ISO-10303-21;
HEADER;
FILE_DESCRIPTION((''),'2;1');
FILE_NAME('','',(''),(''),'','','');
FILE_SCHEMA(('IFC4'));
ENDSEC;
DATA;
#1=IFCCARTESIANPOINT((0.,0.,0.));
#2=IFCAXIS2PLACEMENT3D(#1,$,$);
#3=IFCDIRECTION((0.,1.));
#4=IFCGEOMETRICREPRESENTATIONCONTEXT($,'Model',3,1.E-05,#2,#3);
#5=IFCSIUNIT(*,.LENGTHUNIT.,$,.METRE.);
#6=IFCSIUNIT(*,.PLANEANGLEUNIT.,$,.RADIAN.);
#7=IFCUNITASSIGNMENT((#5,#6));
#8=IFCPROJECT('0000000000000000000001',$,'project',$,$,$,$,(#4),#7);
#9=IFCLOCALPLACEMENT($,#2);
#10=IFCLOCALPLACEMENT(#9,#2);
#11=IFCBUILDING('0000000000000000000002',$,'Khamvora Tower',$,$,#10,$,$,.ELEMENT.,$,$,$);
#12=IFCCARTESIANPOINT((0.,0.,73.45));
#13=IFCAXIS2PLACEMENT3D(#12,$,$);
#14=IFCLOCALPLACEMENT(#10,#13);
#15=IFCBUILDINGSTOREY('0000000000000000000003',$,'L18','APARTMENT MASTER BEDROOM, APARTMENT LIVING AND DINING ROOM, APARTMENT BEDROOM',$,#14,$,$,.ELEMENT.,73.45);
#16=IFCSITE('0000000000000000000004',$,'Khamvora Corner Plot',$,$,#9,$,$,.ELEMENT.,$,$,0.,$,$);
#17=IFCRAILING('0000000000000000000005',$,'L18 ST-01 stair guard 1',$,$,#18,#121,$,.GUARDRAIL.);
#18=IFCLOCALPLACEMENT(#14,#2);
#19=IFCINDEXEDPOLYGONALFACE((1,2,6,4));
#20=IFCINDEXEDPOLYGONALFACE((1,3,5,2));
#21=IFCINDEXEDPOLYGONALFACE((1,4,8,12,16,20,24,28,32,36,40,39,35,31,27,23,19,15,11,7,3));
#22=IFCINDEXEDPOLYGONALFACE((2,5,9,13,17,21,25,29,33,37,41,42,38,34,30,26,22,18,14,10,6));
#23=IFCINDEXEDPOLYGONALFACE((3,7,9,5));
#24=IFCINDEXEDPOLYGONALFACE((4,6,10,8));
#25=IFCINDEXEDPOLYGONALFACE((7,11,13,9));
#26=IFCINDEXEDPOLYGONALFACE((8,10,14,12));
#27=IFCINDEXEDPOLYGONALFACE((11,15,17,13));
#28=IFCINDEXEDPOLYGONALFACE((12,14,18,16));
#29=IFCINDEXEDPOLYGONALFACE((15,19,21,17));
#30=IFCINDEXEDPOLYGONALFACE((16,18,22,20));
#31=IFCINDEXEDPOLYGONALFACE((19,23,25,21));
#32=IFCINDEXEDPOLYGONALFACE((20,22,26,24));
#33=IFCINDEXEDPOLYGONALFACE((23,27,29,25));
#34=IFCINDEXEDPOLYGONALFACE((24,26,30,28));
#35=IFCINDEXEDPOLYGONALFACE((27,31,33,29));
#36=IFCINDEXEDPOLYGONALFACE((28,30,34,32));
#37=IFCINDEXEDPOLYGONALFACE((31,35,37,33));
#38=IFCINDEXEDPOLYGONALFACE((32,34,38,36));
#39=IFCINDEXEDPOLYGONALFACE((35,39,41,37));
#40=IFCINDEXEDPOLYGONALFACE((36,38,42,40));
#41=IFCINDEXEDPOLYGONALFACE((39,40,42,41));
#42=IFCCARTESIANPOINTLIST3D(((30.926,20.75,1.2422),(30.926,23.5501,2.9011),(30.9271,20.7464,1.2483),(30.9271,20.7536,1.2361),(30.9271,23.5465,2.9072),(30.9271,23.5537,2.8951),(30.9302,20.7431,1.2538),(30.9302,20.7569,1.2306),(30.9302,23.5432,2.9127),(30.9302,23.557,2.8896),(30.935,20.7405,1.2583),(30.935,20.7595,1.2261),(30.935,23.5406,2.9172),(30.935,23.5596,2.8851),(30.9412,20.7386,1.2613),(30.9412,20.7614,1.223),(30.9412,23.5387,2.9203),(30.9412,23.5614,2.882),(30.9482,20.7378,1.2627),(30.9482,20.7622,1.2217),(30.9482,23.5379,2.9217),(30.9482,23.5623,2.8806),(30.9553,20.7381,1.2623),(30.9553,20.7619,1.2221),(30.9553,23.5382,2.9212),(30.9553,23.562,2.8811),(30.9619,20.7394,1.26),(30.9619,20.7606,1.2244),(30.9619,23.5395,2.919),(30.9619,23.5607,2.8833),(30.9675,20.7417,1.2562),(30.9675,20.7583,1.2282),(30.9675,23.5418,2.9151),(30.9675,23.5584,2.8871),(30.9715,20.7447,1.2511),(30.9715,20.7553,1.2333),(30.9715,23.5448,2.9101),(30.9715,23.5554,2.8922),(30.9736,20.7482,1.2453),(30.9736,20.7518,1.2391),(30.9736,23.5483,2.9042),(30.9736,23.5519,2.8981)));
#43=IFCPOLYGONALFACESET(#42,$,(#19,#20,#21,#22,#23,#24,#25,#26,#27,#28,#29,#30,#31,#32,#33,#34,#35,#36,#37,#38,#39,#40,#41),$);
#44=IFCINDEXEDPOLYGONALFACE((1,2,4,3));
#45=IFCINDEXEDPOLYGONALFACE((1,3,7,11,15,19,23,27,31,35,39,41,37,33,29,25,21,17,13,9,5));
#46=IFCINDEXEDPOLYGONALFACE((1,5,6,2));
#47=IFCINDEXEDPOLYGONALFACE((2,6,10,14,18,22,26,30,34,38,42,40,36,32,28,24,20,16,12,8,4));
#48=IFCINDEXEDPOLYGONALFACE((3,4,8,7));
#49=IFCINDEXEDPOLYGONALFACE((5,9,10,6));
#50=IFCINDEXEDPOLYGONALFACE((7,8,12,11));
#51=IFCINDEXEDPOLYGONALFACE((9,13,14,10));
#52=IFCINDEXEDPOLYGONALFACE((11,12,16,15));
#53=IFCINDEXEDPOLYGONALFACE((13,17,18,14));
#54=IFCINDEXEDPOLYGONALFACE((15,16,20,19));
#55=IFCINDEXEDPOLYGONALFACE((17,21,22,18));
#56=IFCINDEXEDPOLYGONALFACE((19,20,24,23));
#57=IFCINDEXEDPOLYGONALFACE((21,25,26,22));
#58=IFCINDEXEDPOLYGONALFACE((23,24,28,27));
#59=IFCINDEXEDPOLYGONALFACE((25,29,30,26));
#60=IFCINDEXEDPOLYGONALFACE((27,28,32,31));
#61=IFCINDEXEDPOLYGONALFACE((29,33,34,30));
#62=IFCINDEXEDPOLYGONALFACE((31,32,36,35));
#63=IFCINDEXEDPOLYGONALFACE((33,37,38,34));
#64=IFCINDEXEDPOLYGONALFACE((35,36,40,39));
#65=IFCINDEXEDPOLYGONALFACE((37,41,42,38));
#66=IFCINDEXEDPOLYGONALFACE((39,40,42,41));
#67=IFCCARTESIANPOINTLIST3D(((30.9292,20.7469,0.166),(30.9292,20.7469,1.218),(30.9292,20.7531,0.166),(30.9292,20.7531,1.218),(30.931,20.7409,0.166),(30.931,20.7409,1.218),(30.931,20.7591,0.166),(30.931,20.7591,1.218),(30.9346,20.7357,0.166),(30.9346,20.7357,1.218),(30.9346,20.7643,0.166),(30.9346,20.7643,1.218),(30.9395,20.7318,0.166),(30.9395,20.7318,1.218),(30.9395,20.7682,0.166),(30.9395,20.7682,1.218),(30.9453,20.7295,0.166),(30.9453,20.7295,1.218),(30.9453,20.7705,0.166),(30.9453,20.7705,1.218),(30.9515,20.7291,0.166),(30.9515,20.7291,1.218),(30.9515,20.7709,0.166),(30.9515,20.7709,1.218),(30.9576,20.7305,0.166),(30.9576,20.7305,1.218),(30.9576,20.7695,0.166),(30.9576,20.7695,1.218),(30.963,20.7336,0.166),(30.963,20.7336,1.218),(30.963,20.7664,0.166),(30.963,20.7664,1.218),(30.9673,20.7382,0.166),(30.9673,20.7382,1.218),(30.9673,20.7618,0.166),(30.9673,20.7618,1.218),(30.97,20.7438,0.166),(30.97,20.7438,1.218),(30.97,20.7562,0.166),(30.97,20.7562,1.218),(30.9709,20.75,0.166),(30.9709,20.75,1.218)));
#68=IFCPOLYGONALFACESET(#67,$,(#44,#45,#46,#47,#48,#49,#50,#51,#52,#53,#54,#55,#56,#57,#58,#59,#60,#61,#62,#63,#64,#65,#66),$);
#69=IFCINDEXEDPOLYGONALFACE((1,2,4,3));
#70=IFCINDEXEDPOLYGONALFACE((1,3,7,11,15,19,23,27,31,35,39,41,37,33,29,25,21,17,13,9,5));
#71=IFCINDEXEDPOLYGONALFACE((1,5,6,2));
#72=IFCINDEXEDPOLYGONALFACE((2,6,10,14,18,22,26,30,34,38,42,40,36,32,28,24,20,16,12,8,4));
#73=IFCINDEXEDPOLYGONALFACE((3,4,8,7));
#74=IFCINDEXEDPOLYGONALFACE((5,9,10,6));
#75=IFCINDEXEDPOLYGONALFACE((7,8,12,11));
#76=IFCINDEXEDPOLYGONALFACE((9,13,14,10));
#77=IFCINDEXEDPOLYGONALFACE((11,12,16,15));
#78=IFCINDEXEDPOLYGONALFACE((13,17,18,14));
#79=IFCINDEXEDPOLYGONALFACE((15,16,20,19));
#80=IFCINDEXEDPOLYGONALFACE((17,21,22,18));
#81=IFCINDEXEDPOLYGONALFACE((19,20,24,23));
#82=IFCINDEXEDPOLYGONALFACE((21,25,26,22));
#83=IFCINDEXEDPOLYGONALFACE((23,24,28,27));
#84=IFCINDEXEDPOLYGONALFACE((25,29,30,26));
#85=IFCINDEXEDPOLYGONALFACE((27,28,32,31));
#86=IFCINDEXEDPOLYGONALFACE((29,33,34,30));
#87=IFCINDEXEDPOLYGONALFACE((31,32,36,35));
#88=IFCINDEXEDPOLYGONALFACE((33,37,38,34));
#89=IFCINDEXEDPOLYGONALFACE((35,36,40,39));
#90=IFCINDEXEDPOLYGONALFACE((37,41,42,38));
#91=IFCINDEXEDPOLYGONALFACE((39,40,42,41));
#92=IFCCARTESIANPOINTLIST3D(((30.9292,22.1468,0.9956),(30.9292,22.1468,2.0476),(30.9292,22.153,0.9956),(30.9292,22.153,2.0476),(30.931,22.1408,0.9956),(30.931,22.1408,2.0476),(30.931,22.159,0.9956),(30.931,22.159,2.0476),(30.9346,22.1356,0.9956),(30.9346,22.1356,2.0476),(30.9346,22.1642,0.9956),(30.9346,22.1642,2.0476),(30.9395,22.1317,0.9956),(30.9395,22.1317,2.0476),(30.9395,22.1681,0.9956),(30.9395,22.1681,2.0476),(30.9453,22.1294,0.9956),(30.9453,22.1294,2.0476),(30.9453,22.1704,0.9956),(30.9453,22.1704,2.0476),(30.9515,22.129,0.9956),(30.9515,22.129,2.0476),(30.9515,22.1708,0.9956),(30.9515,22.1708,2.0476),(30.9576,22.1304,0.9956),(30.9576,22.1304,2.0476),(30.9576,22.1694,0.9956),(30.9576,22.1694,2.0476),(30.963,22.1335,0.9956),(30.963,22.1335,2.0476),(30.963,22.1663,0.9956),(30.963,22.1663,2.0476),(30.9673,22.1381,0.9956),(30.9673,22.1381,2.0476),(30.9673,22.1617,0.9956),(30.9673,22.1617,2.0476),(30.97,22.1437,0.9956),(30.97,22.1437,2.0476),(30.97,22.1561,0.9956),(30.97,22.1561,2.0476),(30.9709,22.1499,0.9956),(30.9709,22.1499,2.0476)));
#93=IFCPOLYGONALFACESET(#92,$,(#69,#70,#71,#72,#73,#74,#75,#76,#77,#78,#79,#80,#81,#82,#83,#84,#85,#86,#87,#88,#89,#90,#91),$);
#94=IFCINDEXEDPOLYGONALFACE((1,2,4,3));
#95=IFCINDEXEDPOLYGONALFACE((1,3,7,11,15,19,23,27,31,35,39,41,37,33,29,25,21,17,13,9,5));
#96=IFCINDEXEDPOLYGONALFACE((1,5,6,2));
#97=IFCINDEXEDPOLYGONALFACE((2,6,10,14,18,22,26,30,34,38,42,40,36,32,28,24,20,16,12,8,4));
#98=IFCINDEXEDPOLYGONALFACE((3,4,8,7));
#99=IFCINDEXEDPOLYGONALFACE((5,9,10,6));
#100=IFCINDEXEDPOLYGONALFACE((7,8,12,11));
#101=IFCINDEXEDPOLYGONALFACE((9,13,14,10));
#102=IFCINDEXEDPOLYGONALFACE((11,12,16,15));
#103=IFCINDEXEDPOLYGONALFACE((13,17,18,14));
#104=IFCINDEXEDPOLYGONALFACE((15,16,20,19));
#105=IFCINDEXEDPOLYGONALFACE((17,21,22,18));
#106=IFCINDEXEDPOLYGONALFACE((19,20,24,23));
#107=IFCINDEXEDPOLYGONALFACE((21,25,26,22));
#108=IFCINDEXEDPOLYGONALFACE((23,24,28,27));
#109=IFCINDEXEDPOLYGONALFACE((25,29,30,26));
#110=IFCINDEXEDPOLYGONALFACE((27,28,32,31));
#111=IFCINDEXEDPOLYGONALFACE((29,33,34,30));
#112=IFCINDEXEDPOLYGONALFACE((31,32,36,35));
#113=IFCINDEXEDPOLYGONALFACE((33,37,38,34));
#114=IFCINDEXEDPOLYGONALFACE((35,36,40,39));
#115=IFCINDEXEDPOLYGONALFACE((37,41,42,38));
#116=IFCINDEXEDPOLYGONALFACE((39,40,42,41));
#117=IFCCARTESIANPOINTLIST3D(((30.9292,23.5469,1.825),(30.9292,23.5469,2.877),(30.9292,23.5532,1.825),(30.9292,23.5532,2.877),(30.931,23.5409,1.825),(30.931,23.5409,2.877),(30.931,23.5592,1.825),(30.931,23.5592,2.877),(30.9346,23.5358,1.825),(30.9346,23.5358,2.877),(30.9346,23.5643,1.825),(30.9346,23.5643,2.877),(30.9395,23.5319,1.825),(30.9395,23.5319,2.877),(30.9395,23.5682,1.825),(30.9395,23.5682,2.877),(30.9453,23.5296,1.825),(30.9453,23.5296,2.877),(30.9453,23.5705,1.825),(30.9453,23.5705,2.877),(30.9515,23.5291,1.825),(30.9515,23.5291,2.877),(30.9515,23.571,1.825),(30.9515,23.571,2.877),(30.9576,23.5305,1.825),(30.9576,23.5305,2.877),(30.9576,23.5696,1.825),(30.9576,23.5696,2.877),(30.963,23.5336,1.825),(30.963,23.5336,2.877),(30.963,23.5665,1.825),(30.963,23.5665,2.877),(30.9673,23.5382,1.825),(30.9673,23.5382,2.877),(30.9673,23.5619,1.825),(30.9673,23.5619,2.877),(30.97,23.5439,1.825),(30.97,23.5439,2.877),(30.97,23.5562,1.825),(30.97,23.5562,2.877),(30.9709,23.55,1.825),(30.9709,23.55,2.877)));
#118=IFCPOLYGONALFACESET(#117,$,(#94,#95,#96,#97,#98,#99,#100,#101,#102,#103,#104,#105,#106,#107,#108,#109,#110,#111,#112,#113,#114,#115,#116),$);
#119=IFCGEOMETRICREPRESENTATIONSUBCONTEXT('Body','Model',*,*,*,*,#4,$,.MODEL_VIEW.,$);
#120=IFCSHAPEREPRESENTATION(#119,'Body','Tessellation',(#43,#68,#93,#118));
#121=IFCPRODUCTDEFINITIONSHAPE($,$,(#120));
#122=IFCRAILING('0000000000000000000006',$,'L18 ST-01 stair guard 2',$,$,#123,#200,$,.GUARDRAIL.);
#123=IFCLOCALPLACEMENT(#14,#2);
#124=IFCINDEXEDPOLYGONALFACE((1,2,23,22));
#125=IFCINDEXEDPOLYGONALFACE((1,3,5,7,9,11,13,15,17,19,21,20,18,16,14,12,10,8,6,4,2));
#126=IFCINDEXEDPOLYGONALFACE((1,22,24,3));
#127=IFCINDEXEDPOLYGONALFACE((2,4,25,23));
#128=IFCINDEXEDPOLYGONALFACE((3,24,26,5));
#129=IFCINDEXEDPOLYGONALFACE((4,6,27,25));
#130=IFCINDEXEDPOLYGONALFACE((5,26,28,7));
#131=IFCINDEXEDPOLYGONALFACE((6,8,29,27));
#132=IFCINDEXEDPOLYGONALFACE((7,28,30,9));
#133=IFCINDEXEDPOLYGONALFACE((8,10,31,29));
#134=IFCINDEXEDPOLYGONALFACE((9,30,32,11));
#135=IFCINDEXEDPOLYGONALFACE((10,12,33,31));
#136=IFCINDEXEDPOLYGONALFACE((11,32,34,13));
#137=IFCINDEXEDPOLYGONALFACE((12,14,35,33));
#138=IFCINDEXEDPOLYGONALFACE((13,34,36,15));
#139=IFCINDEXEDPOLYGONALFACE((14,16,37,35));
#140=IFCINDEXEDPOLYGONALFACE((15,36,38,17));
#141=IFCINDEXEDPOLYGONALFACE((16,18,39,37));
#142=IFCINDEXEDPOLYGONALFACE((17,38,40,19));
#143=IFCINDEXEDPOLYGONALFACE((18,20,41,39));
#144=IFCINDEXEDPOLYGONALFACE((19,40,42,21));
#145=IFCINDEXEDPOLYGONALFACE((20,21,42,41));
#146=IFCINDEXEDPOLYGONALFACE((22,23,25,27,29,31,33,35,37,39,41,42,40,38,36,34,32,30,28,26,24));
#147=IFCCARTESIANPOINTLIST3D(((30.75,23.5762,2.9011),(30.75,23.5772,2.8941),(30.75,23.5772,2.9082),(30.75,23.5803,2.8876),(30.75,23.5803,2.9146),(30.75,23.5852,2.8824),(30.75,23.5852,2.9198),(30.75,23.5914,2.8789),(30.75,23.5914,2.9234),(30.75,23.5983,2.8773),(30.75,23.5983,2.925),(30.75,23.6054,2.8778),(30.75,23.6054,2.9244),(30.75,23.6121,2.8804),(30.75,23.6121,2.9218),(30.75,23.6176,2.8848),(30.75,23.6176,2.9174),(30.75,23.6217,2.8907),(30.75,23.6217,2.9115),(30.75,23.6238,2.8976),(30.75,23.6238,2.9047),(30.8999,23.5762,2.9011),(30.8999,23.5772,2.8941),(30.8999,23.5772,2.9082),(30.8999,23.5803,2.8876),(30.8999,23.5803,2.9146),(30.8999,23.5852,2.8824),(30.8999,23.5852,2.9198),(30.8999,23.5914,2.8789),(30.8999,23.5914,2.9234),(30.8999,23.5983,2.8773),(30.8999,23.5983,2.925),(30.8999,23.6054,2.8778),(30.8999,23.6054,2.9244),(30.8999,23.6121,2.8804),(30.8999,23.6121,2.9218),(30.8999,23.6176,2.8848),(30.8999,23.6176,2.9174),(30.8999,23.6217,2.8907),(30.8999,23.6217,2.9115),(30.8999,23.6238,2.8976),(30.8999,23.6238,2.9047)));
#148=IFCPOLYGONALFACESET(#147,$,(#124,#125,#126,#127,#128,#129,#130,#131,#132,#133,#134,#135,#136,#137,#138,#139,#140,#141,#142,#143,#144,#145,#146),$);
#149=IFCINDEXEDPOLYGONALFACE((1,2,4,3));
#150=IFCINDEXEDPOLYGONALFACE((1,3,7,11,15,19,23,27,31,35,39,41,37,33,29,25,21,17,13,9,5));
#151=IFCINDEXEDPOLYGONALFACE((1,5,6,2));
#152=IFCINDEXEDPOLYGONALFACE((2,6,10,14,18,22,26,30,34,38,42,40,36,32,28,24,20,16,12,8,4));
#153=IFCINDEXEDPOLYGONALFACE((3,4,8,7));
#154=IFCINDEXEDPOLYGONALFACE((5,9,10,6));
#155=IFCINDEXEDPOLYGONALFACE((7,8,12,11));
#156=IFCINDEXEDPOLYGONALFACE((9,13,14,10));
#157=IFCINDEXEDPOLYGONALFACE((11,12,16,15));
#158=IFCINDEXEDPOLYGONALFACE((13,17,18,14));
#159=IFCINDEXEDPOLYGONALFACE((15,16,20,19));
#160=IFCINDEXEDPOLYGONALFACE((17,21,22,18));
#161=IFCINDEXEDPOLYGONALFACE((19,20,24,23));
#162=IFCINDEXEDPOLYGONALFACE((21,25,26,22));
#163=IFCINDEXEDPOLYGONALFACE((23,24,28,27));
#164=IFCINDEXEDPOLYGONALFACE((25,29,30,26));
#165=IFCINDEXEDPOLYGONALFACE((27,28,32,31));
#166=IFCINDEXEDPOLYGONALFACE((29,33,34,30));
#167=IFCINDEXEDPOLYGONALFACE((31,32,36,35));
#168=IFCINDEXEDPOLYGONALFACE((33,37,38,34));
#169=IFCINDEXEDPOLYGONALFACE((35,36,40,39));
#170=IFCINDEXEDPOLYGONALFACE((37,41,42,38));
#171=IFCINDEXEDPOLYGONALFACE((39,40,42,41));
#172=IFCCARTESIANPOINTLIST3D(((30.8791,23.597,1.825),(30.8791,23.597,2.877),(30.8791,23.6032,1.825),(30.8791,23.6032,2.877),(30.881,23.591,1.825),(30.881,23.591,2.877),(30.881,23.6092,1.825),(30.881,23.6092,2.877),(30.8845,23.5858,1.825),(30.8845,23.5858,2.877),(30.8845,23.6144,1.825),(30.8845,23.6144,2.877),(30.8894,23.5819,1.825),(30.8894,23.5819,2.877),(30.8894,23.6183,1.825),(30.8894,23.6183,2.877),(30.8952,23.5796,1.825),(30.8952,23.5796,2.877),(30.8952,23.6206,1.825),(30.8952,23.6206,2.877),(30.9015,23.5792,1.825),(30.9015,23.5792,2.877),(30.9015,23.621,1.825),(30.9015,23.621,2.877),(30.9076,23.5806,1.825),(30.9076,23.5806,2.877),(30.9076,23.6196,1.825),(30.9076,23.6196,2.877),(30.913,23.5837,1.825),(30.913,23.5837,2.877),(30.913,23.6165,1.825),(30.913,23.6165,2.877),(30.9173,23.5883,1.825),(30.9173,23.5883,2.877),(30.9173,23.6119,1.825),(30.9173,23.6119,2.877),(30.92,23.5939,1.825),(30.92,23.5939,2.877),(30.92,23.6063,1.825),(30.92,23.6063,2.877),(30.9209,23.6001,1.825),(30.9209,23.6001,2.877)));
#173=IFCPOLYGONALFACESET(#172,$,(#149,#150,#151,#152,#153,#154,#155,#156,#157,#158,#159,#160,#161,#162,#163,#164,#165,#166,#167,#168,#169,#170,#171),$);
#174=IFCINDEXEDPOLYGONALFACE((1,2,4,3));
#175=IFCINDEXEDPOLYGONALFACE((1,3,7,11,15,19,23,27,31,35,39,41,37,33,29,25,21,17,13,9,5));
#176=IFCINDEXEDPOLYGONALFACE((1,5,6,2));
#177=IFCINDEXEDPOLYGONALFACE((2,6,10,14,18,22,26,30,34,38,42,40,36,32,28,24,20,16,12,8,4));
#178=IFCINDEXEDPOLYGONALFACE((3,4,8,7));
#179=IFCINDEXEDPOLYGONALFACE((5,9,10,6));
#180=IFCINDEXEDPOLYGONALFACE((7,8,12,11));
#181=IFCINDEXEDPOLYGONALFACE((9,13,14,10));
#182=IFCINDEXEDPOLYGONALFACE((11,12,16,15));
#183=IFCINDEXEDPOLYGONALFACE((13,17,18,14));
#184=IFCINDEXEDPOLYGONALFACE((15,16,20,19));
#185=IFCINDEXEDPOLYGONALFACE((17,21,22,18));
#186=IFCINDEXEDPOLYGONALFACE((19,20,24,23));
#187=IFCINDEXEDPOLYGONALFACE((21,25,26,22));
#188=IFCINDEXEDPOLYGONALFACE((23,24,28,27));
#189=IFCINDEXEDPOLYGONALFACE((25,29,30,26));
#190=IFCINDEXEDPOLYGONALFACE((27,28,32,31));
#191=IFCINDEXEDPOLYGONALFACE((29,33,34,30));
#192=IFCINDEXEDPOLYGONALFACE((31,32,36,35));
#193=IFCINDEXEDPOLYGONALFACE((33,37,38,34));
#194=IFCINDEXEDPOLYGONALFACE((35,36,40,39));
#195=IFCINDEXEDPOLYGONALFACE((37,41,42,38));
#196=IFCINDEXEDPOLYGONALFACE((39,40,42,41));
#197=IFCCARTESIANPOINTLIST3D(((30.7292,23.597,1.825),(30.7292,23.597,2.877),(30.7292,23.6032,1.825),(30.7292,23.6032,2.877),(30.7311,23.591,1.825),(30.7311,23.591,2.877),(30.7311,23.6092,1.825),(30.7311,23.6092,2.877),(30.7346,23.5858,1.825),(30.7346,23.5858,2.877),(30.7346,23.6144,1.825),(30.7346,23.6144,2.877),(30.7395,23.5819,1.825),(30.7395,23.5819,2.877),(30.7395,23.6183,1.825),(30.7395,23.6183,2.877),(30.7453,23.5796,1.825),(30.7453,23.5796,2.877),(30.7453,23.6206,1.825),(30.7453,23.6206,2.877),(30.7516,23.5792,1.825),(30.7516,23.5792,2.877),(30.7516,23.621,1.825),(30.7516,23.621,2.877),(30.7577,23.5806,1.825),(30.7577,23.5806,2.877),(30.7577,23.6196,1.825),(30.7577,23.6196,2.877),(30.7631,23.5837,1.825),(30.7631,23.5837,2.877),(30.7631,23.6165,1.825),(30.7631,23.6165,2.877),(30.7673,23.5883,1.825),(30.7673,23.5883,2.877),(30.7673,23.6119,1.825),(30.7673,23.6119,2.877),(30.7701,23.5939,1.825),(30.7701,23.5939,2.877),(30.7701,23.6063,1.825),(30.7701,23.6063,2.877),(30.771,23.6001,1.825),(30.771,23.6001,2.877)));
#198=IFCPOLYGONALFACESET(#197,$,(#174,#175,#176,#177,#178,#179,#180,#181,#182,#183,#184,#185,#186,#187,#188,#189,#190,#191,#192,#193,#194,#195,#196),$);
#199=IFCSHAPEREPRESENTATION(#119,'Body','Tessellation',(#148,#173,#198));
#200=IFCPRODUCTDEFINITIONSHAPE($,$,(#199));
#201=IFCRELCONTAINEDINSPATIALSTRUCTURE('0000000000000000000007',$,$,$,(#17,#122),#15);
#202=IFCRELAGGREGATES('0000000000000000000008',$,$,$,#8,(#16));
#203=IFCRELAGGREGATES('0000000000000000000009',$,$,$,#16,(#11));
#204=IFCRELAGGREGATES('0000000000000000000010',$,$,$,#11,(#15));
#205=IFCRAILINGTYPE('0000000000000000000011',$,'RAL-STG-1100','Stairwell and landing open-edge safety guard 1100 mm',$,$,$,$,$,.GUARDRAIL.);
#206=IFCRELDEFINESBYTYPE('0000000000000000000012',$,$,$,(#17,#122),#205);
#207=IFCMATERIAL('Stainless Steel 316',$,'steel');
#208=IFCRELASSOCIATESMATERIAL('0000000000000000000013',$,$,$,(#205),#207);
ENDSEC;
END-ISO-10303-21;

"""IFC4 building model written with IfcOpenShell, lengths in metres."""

from ifc_helpers import new_model, si_unit, direction, frame, origin, origin_2d, place, context, subcontext, project, spatial, circle, extrude, material, type_object, element, save


model = new_model("IFC4")

# Units and contexts
model_context = context("Model", 3, precision=1e-05, world=origin(), true_north=direction((0.0, 1.0)))
body_context = subcontext(model_context, "Body", "Model", "MODEL_VIEW")
ifc_project = project(units=[si_unit("LENGTHUNIT", "METRE"), si_unit("PLANEANGLEUNIT", "RADIAN")], contexts=[model_context])

# Site, building, storey
site_placement = place(None, origin())
site = spatial("IfcSite", under=ifc_project, at=site_placement, Name="Khamvora Corner Plot", CompositionType="ELEMENT", RefElevation=0.0)
building_placement = place(site_placement, origin())
building = spatial("IfcBuilding", under=site, at=building_placement, Name="Khamvora Tower", CompositionType="ELEMENT")
storey_placement = place(building_placement, frame((0.0, 0.0, 73.45)))
storey = spatial("IfcBuildingStorey", under=building, at=storey_placement, Name="L18", Description="APARTMENT MASTER BEDROOM, APARTMENT LIVING AND DINING ROOM, APARTMENT BEDROOM", CompositionType="ELEMENT", Elevation=73.45)

# Railings
ifc_material_1 = material(Name="Stainless Steel 316", Category="steel")
railing_type_1 = type_object("IfcRailingType", Name="RAL-STG-1100", Description="Stairwell and landing open-edge safety guard 1100 mm", PredefinedType="GUARDRAIL", material=ifc_material_1)
railing_1_placement = place(storey_placement, frame((30.95, 20.75, 0.166)))
element("IfcRailing", 1, at=railing_1_placement, inside=storey, type_object=railing_type_1, Name="L18 ST-01 stair guard 1", PredefinedType="GUARDRAIL", context=body_context, shape_type="SweptSolid", body=[
    extrude(circle(Radius=0.0239, at=origin_2d()), frame((0.0, 0.0, 1.0762), z_axis=(0.0, 0.860339, 0.509722), x_axis=(-1.0, 0.0, 0.0)), (0.0, 0.0, 1.0), 3.2546),
    extrude(circle(Radius=0.021, at=origin_2d()), origin(), (0.0, 0.0, 1.0), 1.052),
    extrude(circle(Radius=0.021, at=origin_2d()), frame((0.0, 1.3999, 0.8296)), (0.0, 0.0, 1.0), 1.052),
    extrude(circle(Radius=0.021, at=origin_2d()), frame((0.0, 2.8, 1.6589)), (0.0, 0.0, 1.0), 1.052),
])
railing_2_placement = place(storey_placement, frame((30.8999, 23.6001, 1.825)))
element("IfcRailing", 2, at=railing_2_placement, inside=storey, type_object=railing_type_1, Name="L18 ST-01 stair guard 2", PredefinedType="GUARDRAIL", context=body_context, shape_type="SweptSolid", body=[
    extrude(circle(Radius=0.0239, at=origin_2d()), frame((0.0, 0.0, 1.0762), z_axis=(-1.0, 0.0, 0.0), x_axis=(0.0, -1.0, 0.0)), (0.0, 0.0, 1.0), 0.1499),
    extrude(circle(Radius=0.021, at=origin_2d()), origin(), (0.0, 0.0, 1.0), 1.052),
    extrude(circle(Radius=0.021, at=origin_2d()), frame((-0.1499, 0.0, 0.0)), (0.0, 0.0, 1.0), 1.052),
])

save(model, "model.ifc")
